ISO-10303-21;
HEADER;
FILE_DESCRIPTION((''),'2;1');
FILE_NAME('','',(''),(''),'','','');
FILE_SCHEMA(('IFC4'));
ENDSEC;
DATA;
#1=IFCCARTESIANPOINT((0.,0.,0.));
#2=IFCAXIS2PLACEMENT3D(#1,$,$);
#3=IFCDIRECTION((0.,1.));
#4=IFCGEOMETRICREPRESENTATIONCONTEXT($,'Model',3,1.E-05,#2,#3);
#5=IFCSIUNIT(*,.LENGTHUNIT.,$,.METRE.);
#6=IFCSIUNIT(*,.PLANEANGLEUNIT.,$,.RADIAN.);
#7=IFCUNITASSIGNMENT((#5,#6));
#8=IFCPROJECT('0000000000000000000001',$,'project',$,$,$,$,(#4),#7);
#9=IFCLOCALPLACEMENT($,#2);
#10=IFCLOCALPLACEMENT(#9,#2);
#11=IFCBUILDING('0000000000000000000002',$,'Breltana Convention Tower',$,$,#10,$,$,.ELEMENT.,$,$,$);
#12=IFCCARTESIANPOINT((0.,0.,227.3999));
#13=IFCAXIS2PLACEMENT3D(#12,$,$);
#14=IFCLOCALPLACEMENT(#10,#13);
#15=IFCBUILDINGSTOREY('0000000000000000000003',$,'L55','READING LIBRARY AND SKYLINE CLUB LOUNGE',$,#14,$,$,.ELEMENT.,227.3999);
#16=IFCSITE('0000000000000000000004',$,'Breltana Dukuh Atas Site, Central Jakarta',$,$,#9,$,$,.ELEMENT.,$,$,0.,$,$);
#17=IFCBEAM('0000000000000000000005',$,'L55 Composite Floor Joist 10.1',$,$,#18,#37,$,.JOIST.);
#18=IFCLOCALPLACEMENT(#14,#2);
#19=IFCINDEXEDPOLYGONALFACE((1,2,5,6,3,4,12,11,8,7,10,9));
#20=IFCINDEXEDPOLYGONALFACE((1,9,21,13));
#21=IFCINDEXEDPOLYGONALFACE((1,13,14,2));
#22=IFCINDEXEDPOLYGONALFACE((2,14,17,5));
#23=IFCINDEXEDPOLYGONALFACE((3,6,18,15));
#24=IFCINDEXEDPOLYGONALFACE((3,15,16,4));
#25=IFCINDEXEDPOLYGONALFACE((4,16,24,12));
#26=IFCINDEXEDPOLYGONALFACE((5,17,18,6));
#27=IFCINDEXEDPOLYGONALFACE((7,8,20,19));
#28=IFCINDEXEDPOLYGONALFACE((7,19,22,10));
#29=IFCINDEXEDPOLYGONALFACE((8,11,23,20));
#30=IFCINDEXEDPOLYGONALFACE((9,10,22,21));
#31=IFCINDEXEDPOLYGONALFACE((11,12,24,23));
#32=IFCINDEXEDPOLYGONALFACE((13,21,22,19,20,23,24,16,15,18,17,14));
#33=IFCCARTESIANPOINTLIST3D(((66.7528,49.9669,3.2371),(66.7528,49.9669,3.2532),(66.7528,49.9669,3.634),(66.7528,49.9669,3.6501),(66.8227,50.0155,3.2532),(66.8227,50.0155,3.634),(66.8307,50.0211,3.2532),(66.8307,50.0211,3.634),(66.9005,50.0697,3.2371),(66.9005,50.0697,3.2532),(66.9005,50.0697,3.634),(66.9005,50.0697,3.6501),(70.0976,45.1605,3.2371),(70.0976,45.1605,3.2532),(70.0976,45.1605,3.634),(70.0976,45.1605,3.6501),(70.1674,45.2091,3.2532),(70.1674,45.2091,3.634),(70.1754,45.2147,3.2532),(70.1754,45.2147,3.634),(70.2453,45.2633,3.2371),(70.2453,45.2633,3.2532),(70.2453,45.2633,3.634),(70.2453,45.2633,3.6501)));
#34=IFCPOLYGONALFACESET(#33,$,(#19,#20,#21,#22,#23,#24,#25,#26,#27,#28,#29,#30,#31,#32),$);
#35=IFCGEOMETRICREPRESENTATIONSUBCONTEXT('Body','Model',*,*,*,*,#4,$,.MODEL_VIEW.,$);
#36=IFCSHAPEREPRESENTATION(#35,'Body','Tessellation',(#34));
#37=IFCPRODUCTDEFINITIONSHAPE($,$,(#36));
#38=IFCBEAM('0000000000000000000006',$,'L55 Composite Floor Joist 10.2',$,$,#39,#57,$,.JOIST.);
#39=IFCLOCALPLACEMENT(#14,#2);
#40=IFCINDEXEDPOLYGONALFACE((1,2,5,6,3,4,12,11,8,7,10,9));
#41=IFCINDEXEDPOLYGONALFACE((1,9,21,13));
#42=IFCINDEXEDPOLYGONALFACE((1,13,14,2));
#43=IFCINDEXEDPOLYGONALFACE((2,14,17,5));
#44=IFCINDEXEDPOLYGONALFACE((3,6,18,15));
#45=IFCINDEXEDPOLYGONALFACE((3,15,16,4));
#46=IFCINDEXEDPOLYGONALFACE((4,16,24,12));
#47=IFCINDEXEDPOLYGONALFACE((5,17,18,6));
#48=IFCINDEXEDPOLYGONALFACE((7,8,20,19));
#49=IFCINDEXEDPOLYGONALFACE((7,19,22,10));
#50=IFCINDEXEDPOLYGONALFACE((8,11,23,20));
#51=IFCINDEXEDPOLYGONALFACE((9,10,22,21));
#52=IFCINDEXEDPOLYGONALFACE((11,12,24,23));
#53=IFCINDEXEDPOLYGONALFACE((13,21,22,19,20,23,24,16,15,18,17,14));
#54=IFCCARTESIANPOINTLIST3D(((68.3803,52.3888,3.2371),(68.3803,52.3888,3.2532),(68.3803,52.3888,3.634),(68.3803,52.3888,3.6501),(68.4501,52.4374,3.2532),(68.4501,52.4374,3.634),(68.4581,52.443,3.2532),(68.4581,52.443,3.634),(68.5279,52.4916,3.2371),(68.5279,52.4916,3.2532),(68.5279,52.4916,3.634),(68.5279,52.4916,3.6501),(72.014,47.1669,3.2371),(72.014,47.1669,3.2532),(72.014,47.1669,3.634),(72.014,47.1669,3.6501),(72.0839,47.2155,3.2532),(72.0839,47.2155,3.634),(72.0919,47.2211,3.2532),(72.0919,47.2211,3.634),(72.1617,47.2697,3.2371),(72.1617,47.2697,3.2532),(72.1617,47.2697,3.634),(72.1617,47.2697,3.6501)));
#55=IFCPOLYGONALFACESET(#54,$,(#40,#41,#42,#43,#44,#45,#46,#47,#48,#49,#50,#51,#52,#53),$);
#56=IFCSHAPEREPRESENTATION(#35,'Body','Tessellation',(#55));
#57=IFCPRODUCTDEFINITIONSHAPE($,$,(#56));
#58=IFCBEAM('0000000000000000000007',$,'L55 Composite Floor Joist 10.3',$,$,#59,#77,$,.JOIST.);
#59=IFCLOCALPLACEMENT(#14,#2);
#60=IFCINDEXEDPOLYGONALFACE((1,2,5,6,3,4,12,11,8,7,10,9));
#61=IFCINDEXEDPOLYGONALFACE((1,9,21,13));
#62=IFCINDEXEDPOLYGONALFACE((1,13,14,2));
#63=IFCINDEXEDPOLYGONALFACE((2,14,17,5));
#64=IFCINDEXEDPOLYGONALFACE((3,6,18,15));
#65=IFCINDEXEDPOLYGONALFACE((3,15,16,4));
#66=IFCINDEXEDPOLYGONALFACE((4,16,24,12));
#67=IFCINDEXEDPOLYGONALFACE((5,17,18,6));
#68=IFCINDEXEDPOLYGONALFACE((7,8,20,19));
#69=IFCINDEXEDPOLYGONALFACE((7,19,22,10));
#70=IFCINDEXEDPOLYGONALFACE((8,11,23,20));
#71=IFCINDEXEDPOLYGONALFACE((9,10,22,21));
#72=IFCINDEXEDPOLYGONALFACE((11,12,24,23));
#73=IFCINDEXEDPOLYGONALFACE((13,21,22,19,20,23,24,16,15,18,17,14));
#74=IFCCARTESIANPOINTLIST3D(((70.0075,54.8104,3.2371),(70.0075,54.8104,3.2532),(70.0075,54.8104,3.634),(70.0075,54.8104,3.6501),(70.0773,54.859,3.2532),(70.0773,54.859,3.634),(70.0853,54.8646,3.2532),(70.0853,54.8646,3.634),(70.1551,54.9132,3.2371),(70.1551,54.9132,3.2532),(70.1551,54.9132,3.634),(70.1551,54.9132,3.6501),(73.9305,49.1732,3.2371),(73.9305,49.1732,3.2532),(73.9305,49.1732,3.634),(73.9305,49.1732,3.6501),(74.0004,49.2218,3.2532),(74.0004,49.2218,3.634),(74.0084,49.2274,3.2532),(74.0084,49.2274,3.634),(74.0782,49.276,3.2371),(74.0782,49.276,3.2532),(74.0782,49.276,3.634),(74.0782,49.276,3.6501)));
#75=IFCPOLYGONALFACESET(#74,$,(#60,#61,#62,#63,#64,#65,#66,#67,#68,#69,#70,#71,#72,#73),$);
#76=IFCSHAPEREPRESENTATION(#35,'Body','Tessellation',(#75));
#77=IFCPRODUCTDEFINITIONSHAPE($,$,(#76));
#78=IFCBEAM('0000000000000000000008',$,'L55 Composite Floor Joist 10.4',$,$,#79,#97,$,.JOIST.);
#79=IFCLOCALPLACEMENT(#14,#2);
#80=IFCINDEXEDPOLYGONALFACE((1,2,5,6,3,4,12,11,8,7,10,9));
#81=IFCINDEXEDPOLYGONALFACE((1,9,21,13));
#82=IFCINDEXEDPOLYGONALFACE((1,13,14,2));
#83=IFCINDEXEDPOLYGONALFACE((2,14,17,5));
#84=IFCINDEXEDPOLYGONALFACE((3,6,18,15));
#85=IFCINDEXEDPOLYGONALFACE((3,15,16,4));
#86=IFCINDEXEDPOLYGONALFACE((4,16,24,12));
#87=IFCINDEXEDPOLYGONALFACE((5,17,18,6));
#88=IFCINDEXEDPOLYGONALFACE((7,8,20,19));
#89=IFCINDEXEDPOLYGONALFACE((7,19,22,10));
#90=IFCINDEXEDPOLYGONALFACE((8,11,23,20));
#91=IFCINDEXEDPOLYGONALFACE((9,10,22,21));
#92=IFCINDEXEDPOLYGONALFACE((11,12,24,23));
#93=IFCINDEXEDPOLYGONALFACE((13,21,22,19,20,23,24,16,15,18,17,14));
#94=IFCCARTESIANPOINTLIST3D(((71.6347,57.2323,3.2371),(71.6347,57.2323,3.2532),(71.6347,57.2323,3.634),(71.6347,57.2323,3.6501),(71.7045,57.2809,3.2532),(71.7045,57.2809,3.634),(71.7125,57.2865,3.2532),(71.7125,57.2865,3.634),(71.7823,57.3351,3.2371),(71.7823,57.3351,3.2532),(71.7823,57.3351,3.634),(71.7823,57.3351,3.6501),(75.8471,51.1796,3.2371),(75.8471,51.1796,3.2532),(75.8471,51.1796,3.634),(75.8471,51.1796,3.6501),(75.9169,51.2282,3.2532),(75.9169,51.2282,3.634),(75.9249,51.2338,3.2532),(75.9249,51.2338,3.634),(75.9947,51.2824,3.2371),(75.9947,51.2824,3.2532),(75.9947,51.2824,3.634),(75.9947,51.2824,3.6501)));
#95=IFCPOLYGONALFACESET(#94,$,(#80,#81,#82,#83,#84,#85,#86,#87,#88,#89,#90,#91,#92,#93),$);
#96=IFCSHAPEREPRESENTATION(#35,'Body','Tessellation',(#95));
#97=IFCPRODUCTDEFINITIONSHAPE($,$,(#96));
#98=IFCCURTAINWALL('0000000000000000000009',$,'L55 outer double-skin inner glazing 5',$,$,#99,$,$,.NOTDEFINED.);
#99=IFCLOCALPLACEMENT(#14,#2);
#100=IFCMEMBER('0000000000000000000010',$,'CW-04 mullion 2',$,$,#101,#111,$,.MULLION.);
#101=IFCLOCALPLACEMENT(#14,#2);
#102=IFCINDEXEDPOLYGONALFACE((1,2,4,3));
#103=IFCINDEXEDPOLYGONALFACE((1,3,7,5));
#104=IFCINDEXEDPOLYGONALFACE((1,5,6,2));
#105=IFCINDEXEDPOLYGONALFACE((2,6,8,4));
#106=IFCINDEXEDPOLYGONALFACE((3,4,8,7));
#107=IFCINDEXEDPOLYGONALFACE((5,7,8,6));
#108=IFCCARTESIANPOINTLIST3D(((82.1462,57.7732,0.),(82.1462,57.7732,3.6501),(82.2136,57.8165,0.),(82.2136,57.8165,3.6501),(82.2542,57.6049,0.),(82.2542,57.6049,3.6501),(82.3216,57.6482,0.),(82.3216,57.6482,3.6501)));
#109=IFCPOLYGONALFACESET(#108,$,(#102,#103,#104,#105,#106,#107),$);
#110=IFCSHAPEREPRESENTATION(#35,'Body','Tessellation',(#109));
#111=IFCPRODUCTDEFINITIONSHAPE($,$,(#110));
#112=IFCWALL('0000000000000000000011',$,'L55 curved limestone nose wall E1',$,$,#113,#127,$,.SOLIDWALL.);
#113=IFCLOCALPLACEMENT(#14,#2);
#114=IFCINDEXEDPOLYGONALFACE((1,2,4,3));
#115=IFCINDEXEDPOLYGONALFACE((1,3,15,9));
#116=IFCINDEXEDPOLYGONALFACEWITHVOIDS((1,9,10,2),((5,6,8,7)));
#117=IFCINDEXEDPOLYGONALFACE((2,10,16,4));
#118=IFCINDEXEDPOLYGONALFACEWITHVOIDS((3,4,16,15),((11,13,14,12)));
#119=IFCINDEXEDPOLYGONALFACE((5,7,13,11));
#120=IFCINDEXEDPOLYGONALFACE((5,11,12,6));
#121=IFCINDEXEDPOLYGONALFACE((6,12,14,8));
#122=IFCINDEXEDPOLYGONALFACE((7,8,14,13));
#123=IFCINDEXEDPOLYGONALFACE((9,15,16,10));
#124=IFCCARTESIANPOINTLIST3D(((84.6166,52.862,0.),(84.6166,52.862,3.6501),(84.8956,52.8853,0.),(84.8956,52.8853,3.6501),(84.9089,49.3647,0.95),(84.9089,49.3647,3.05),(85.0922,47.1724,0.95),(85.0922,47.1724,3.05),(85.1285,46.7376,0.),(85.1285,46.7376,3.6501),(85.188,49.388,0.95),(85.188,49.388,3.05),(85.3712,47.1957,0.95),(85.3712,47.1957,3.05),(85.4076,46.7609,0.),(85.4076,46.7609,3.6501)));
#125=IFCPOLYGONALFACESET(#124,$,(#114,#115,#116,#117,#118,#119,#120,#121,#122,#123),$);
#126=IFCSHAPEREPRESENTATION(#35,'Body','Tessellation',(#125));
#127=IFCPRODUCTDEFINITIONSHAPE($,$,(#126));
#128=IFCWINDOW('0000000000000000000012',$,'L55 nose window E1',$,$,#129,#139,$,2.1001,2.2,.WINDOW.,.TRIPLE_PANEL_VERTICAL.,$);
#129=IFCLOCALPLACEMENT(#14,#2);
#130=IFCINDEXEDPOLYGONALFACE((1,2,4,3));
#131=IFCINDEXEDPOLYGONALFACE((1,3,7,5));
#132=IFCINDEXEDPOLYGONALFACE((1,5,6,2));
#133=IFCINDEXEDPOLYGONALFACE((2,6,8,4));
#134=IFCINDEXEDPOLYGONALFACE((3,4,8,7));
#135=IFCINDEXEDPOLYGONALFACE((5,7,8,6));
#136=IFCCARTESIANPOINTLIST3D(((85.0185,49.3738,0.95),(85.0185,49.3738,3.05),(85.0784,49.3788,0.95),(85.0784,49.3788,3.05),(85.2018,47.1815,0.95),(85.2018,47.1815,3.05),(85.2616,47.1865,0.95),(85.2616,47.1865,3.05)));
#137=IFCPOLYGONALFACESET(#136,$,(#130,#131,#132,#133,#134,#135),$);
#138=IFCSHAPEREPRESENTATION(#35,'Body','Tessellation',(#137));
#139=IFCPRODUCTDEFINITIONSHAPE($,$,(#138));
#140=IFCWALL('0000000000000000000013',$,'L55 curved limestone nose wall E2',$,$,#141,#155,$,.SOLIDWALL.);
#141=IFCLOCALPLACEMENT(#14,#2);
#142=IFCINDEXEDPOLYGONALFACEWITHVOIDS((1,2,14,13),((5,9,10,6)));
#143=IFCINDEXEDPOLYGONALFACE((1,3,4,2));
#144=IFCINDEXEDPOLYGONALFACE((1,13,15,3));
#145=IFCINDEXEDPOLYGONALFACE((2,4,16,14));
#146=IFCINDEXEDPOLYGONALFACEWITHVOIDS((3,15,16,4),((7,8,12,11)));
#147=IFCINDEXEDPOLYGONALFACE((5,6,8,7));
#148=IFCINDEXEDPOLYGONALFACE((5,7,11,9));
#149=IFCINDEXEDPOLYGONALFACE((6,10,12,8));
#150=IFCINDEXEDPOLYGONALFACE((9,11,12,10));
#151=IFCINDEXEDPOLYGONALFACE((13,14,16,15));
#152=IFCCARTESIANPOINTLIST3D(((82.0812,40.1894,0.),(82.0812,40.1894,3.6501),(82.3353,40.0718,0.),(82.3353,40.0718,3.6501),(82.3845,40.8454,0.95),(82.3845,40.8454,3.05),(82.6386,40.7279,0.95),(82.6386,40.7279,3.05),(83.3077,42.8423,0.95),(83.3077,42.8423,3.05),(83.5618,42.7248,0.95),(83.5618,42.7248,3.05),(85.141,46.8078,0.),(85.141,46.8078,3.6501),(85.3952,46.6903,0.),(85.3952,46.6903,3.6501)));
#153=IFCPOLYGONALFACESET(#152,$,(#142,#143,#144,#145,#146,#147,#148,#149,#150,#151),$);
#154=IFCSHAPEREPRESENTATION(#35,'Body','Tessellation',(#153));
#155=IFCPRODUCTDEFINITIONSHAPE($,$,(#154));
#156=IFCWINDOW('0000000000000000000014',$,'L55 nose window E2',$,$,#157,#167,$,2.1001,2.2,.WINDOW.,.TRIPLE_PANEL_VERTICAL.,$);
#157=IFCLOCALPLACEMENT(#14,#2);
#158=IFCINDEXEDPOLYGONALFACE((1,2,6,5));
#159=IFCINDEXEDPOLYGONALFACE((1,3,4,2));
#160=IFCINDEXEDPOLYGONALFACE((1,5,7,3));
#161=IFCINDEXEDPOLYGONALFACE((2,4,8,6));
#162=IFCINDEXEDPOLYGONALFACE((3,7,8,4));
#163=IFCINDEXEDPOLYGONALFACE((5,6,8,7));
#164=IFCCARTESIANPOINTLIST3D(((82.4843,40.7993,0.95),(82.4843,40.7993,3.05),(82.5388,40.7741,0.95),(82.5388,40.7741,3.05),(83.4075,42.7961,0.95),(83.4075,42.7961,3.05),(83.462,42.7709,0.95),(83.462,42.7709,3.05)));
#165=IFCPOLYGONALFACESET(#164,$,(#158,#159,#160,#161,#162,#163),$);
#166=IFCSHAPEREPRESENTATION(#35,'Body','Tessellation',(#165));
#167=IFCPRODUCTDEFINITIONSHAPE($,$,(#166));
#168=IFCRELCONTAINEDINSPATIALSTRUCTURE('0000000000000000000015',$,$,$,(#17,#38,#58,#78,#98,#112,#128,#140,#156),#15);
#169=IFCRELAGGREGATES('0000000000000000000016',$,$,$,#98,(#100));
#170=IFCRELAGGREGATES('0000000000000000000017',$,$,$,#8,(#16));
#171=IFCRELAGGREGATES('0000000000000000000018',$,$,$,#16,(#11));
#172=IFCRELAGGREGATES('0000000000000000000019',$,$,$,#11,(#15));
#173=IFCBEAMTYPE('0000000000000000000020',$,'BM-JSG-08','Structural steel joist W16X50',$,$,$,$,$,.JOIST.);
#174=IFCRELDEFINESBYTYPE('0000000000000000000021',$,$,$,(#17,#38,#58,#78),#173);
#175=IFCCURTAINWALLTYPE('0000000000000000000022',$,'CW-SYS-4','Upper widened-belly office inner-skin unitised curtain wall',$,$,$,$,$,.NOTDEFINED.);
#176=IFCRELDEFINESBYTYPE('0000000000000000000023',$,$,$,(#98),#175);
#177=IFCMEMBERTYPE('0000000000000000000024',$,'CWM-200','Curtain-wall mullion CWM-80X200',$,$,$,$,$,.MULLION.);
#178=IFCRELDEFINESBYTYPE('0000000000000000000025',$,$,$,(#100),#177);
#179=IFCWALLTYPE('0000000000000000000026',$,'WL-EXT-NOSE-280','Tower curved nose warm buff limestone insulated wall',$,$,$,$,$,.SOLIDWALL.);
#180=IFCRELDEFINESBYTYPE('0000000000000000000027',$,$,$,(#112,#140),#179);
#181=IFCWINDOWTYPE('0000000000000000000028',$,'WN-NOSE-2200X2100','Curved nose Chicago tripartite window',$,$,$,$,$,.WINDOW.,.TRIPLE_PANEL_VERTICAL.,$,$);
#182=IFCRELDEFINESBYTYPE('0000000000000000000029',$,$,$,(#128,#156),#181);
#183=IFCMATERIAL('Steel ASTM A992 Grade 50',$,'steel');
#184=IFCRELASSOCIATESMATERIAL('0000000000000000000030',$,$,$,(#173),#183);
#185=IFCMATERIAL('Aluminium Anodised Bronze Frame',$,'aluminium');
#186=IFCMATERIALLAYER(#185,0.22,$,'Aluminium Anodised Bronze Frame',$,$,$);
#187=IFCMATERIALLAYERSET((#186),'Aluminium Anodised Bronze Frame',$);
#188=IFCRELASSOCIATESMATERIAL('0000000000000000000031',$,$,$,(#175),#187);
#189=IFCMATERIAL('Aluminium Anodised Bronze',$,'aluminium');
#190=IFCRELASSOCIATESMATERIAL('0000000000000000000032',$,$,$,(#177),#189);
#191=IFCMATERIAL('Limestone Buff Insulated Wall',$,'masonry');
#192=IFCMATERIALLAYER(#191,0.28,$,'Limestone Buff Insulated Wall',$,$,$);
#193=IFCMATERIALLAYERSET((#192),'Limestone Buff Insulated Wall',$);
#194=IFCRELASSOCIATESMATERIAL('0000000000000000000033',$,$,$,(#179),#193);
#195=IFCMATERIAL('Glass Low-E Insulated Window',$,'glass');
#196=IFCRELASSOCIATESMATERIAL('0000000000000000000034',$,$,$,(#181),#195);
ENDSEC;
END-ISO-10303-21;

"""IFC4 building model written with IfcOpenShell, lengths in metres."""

from ifc_helpers import new_model, si_unit, direction, frame, frame_2d, origin, origin_2d, place, context, subcontext, project, spatial, rectangle, i_section, extrude, source, transform, mapped, material, layer, layer_set, material_profile, profile_set, type_object, type_shapes, element, fill, aggregate, save


model = new_model("IFC4")

# Units and contexts
model_context = context("Model", 3, precision=1e-05, world=origin(), true_north=direction((0.0, 1.0)))
body_context = subcontext(model_context, "Body", "Model", "MODEL_VIEW")
ifc_project = project(units=[si_unit("LENGTHUNIT", "METRE"), si_unit("PLANEANGLEUNIT", "RADIAN")], contexts=[model_context])

# Site, building, storey
site_placement = place(None, origin())
site = spatial("IfcSite", under=ifc_project, at=site_placement, Name="Breltana Dukuh Atas Site, Central Jakarta", CompositionType="ELEMENT", RefElevation=0.0)
building_placement = place(site_placement, origin())
building = spatial("IfcBuilding", under=site, at=building_placement, Name="Breltana Convention Tower", CompositionType="ELEMENT")
storey_placement = place(building_placement, frame((0.0, 0.0, 227.3999)))
storey = spatial("IfcBuildingStorey", under=building, at=storey_placement, Name="L55", Description="READING LIBRARY AND SKYLINE CLUB LOUNGE", CompositionType="ELEMENT", Elevation=227.3999)

# Shared definitions
ifc_material_1 = material(Name="Steel ASTM A992 Grade 50", Category="steel")

# Beams
ifc_material_profile_1 = material_profile(ifc_material_1, i_section(OverallWidth=0.1799, OverallDepth=0.4131, WebThickness=0.0098, FlangeThickness=0.0161, at=origin_2d()), Name="W16X50")
ifc_profile_set_1 = profile_set([ifc_material_profile_1], Name="Steel ASTM A992 Grade 50")
beam_type_1 = type_object("IfcBeamType", Name="BM-JSG-08", Description="Structural steel joist W16X50", PredefinedType="JOIST", material=ifc_profile_set_1)
shared_shape_1 = source(origin(), body_context, "Body", "SweptSolid", [
    extrude(i_section(OverallWidth=0.1799, OverallDepth=0.4131, WebThickness=0.0098, FlangeThickness=0.0161, at=origin_2d()), origin(), (0.0, 0.0, 1.0), 5.8557),
])
beam_1_placement = place(storey_placement, frame((66.8267, 50.0183, 3.4436), z_axis=(0.571196, -0.820813, 0.0), x_axis=(0.820813, 0.571196, 0.0)))
element("IfcBeam", 1, at=beam_1_placement, inside=storey, type_object=beam_type_1, Name="L55 Composite Floor Joist 10.1", PredefinedType="JOIST", context=body_context, shape_type="MappedRepresentation", body=[
    mapped(shared_shape_1, transform((0.0, 0.0, 0.0), scale=1.0)),
])
shared_shape_2 = source(origin(), body_context, "Body", "SweptSolid", [
    extrude(i_section(OverallWidth=0.1799, OverallDepth=0.4131, WebThickness=0.0098, FlangeThickness=0.0161, at=origin_2d()), origin(), (0.0, 0.0, 1.0), 6.3618),
])
beam_2_placement = place(storey_placement, frame((68.4541, 52.4402, 3.4436), z_axis=(0.571186, -0.820821, 0.0), x_axis=(0.820821, 0.571186, 0.0)))
element("IfcBeam", 2, at=beam_2_placement, inside=storey, type_object=beam_type_1, Name="L55 Composite Floor Joist 10.2", PredefinedType="JOIST", context=body_context, shape_type="MappedRepresentation", body=[
    mapped(shared_shape_2, transform((0.0, 0.0, 0.0), scale=1.0)),
])
shared_shape_3 = source(origin(), body_context, "Body", "SweptSolid", [
    extrude(i_section(OverallWidth=0.1799, OverallDepth=0.4131, WebThickness=0.0098, FlangeThickness=0.0161, at=origin_2d()), origin(), (0.0, 0.0, 1.0), 6.8679),
])
beam_3_placement = place(storey_placement, frame((70.0813, 54.8618, 3.4436), z_axis=(0.571218, -0.820799, 0.0), x_axis=(0.820799, 0.571218, 0.0)))
element("IfcBeam", 3, at=beam_3_placement, inside=storey, type_object=beam_type_1, Name="L55 Composite Floor Joist 10.3", PredefinedType="JOIST", context=body_context, shape_type="MappedRepresentation", body=[
    mapped(shared_shape_3, transform((0.0, 0.0, 0.0), scale=1.0)),
])
shared_shape_4 = source(origin(), body_context, "Body", "SweptSolid", [
    extrude(i_section(OverallWidth=0.1799, OverallDepth=0.4131, WebThickness=0.0098, FlangeThickness=0.0161, at=origin_2d()), origin(), (0.0, 0.0, 1.0), 7.3743),
])
beam_4_placement = place(storey_placement, frame((71.7085, 57.2837, 3.4436), z_axis=(0.571229, -0.82079, 0.0), x_axis=(0.82079, 0.571229, 0.0)))
element("IfcBeam", 4, at=beam_4_placement, inside=storey, type_object=beam_type_1, Name="L55 Composite Floor Joist 10.4", PredefinedType="JOIST", context=body_context, shape_type="MappedRepresentation", body=[
    mapped(shared_shape_4, transform((0.0, 0.0, 0.0), scale=1.0)),
])

# Curtain wall, member
ifc_material_2 = material(Name="Aluminium Anodised Bronze Frame", Category="aluminium")
ifc_layer_1 = layer(ifc_material_2, 0.22, Name="Aluminium Anodised Bronze Frame")
ifc_layer_set_1 = layer_set([ifc_layer_1], Name="Aluminium Anodised Bronze Frame")
curtain_wall_type = type_object("IfcCurtainWallType", Name="CW-SYS-4", Description="Upper widened-belly office inner-skin unitised curtain wall", PredefinedType="NOTDEFINED", material=ifc_layer_set_1)
curtain_wall_placement = place(storey_placement, origin())
curtain_wall = element("IfcCurtainWall", 5, at=curtain_wall_placement, inside=storey, type_object=curtain_wall_type, Name="L55 outer double-skin inner glazing 5", PredefinedType="NOTDEFINED")
ifc_material_3 = material(Name="Aluminium Anodised Bronze", Category="aluminium")
ifc_material_profile_2 = material_profile(ifc_material_3, rectangle(XDim=0.0801, YDim=0.2, at=origin_2d()), Name="CWM-80X200")
ifc_profile_set_2 = profile_set([ifc_material_profile_2], Name="Aluminium Anodised Bronze")
member_type = type_object("IfcMemberType", Name="CWM-200", Description="Curtain-wall mullion CWM-80X200", PredefinedType="MULLION", material=ifc_profile_set_2)
shared_shape_5 = source(origin(), body_context, "Body", "SweptSolid", [
    extrude(rectangle(XDim=0.0801, YDim=0.2, at=origin_2d()), origin(), (0.0, 0.0, 1.0), 3.6501),
])
member_placement = place(storey_placement, frame((82.2339, 57.7107, 0.0), z_axis=(0.0, 0.0, 1.0), x_axis=(0.841548, 0.540182, 0.0)))
member = element("IfcMember", 6, at=member_placement, type_object=member_type, Name="CW-04 mullion 2", PredefinedType="MULLION", context=body_context, shape_type="MappedRepresentation", body=[
    mapped(shared_shape_5, transform((0.0, 0.0, 0.0), scale=1.0)),
])
aggregate(curtain_wall, [member])

# Walls, openings, windows
ifc_material_4 = material(Name="Limestone Buff Insulated Wall", Category="masonry")
ifc_layer_2 = layer(ifc_material_4, 0.28, Name="Limestone Buff Insulated Wall")
ifc_layer_set_2 = layer_set([ifc_layer_2], Name="Limestone Buff Insulated Wall")
wall_type_1 = type_object("IfcWallType", Name="WL-EXT-NOSE-280", Description="Tower curved nose warm buff limestone insulated wall", PredefinedType="SOLIDWALL", material=ifc_layer_set_2)
shared_shape_6 = source(origin(), body_context, "Body", "SweptSolid", [
    extrude(rectangle(XDim=6.1458, YDim=0.28, at=frame_2d((3.0728, 0.0))), origin(), (0.0, 0.0, 1.0), 3.6501),
])
wall_1_placement = place(storey_placement, frame((84.7561, 52.8735, 0.0), z_axis=(0.0, 0.0, 1.0), x_axis=(0.083302, -0.996524, 0.0)))
wall_1 = element("IfcWall", 7, at=wall_1_placement, inside=storey, type_object=wall_type_1, Name="L55 curved limestone nose wall E1", PredefinedType="SOLIDWALL", context=body_context, shape_type="MappedRepresentation", body=[
    mapped(shared_shape_6, transform((0.0, 0.0, 0.0), scale=1.0)),
])
opening_1_placement = place(wall_1_placement, frame((3.5093, 0.0, 0.95)))
opening_1 = element("IfcOpeningElement", 8, at=opening_1_placement, cuts=wall_1, PredefinedType="OPENING", context=body_context, shape_type="SweptSolid", body=[
    extrude(rectangle(XDim=2.2, YDim=2.1001, at=frame_2d((1.1001, 1.05))), frame((0.0, 0.1499, 0.0), z_axis=(0.0, -1.0, 0.0), x_axis=(1.0, 0.0, 0.0)), (0.0, 0.0, 1.0), 0.3),
])
ifc_material_5 = material(Name="Glass Low-E Insulated Window", Category="glass")
window_type = type_object("IfcWindowType", Name="WN-NOSE-2200X2100", Description="Curved nose Chicago tripartite window", PartitioningType="TRIPLE_PANEL_VERTICAL", PredefinedType="WINDOW", material=ifc_material_5)
shared_shape_7 = source(origin(), body_context, "Body", "SweptSolid", [
    extrude(rectangle(XDim=2.2, YDim=2.1001, at=frame_2d((1.1001, 1.05))), frame((0.0, 0.03, 0.0), z_axis=(0.0, -1.0, 0.0), x_axis=(1.0, 0.0, 0.0)), (0.0, 0.0, 1.0), 0.0601),
])
type_shapes(window_type, [shared_shape_7])
window_1_placement = place(opening_1_placement, origin())
window_1 = element("IfcWindow", 9, at=window_1_placement, inside=storey, type_object=window_type, Name="L55 nose window E1", OverallHeight=2.1001, OverallWidth=2.2, PartitioningType="TRIPLE_PANEL_VERTICAL", PredefinedType="WINDOW", context=body_context, shape_type="MappedRepresentation", body=[
    mapped(shared_shape_7, transform((0.0, 0.0, 0.0), scale=1.0)),
])
fill(opening_1, window_1)
shared_shape_8 = source(origin(), body_context, "Body", "SweptSolid", [
    extrude(rectangle(XDim=7.2915, YDim=0.28, at=frame_2d((3.6458, 0.0))), origin(), (0.0, 0.0, 1.0), 3.6501),
])
wall_2_placement = place(storey_placement, frame((85.2681, 46.749, 0.0), z_axis=(0.0, 0.0, 1.0), x_axis=(-0.419642, -0.90769, 0.0)))
wall_2 = element("IfcWall", 10, at=wall_2_placement, inside=storey, type_object=wall_type_1, Name="L55 curved limestone nose wall E2", PredefinedType="SOLIDWALL", context=body_context, shape_type="MappedRepresentation", body=[
    mapped(shared_shape_8, transform((0.0, 0.0, 0.0), scale=1.0)),
])
opening_2_placement = place(wall_2_placement, frame((4.3687, 0.0, 0.95)))
opening_2 = element("IfcOpeningElement", 11, at=opening_2_placement, cuts=wall_2, PredefinedType="OPENING", context=body_context, shape_type="SweptSolid", body=[
    extrude(rectangle(XDim=2.2, YDim=2.1001, at=frame_2d((1.1001, 1.05))), frame((0.0, 0.1499, 0.0), z_axis=(0.0, -1.0, 0.0), x_axis=(1.0, 0.0, 0.0)), (0.0, 0.0, 1.0), 0.3),
])
window_2_placement = place(opening_2_placement, origin())
window_2 = element("IfcWindow", 12, at=window_2_placement, inside=storey, type_object=window_type, Name="L55 nose window E2", OverallHeight=2.1001, OverallWidth=2.2, PartitioningType="TRIPLE_PANEL_VERTICAL", PredefinedType="WINDOW", context=body_context, shape_type="MappedRepresentation", body=[
    mapped(shared_shape_7, transform((0.0, 0.0, 0.0), scale=1.0)),
])
fill(opening_2, window_2)

save(model, "model.ifc")
